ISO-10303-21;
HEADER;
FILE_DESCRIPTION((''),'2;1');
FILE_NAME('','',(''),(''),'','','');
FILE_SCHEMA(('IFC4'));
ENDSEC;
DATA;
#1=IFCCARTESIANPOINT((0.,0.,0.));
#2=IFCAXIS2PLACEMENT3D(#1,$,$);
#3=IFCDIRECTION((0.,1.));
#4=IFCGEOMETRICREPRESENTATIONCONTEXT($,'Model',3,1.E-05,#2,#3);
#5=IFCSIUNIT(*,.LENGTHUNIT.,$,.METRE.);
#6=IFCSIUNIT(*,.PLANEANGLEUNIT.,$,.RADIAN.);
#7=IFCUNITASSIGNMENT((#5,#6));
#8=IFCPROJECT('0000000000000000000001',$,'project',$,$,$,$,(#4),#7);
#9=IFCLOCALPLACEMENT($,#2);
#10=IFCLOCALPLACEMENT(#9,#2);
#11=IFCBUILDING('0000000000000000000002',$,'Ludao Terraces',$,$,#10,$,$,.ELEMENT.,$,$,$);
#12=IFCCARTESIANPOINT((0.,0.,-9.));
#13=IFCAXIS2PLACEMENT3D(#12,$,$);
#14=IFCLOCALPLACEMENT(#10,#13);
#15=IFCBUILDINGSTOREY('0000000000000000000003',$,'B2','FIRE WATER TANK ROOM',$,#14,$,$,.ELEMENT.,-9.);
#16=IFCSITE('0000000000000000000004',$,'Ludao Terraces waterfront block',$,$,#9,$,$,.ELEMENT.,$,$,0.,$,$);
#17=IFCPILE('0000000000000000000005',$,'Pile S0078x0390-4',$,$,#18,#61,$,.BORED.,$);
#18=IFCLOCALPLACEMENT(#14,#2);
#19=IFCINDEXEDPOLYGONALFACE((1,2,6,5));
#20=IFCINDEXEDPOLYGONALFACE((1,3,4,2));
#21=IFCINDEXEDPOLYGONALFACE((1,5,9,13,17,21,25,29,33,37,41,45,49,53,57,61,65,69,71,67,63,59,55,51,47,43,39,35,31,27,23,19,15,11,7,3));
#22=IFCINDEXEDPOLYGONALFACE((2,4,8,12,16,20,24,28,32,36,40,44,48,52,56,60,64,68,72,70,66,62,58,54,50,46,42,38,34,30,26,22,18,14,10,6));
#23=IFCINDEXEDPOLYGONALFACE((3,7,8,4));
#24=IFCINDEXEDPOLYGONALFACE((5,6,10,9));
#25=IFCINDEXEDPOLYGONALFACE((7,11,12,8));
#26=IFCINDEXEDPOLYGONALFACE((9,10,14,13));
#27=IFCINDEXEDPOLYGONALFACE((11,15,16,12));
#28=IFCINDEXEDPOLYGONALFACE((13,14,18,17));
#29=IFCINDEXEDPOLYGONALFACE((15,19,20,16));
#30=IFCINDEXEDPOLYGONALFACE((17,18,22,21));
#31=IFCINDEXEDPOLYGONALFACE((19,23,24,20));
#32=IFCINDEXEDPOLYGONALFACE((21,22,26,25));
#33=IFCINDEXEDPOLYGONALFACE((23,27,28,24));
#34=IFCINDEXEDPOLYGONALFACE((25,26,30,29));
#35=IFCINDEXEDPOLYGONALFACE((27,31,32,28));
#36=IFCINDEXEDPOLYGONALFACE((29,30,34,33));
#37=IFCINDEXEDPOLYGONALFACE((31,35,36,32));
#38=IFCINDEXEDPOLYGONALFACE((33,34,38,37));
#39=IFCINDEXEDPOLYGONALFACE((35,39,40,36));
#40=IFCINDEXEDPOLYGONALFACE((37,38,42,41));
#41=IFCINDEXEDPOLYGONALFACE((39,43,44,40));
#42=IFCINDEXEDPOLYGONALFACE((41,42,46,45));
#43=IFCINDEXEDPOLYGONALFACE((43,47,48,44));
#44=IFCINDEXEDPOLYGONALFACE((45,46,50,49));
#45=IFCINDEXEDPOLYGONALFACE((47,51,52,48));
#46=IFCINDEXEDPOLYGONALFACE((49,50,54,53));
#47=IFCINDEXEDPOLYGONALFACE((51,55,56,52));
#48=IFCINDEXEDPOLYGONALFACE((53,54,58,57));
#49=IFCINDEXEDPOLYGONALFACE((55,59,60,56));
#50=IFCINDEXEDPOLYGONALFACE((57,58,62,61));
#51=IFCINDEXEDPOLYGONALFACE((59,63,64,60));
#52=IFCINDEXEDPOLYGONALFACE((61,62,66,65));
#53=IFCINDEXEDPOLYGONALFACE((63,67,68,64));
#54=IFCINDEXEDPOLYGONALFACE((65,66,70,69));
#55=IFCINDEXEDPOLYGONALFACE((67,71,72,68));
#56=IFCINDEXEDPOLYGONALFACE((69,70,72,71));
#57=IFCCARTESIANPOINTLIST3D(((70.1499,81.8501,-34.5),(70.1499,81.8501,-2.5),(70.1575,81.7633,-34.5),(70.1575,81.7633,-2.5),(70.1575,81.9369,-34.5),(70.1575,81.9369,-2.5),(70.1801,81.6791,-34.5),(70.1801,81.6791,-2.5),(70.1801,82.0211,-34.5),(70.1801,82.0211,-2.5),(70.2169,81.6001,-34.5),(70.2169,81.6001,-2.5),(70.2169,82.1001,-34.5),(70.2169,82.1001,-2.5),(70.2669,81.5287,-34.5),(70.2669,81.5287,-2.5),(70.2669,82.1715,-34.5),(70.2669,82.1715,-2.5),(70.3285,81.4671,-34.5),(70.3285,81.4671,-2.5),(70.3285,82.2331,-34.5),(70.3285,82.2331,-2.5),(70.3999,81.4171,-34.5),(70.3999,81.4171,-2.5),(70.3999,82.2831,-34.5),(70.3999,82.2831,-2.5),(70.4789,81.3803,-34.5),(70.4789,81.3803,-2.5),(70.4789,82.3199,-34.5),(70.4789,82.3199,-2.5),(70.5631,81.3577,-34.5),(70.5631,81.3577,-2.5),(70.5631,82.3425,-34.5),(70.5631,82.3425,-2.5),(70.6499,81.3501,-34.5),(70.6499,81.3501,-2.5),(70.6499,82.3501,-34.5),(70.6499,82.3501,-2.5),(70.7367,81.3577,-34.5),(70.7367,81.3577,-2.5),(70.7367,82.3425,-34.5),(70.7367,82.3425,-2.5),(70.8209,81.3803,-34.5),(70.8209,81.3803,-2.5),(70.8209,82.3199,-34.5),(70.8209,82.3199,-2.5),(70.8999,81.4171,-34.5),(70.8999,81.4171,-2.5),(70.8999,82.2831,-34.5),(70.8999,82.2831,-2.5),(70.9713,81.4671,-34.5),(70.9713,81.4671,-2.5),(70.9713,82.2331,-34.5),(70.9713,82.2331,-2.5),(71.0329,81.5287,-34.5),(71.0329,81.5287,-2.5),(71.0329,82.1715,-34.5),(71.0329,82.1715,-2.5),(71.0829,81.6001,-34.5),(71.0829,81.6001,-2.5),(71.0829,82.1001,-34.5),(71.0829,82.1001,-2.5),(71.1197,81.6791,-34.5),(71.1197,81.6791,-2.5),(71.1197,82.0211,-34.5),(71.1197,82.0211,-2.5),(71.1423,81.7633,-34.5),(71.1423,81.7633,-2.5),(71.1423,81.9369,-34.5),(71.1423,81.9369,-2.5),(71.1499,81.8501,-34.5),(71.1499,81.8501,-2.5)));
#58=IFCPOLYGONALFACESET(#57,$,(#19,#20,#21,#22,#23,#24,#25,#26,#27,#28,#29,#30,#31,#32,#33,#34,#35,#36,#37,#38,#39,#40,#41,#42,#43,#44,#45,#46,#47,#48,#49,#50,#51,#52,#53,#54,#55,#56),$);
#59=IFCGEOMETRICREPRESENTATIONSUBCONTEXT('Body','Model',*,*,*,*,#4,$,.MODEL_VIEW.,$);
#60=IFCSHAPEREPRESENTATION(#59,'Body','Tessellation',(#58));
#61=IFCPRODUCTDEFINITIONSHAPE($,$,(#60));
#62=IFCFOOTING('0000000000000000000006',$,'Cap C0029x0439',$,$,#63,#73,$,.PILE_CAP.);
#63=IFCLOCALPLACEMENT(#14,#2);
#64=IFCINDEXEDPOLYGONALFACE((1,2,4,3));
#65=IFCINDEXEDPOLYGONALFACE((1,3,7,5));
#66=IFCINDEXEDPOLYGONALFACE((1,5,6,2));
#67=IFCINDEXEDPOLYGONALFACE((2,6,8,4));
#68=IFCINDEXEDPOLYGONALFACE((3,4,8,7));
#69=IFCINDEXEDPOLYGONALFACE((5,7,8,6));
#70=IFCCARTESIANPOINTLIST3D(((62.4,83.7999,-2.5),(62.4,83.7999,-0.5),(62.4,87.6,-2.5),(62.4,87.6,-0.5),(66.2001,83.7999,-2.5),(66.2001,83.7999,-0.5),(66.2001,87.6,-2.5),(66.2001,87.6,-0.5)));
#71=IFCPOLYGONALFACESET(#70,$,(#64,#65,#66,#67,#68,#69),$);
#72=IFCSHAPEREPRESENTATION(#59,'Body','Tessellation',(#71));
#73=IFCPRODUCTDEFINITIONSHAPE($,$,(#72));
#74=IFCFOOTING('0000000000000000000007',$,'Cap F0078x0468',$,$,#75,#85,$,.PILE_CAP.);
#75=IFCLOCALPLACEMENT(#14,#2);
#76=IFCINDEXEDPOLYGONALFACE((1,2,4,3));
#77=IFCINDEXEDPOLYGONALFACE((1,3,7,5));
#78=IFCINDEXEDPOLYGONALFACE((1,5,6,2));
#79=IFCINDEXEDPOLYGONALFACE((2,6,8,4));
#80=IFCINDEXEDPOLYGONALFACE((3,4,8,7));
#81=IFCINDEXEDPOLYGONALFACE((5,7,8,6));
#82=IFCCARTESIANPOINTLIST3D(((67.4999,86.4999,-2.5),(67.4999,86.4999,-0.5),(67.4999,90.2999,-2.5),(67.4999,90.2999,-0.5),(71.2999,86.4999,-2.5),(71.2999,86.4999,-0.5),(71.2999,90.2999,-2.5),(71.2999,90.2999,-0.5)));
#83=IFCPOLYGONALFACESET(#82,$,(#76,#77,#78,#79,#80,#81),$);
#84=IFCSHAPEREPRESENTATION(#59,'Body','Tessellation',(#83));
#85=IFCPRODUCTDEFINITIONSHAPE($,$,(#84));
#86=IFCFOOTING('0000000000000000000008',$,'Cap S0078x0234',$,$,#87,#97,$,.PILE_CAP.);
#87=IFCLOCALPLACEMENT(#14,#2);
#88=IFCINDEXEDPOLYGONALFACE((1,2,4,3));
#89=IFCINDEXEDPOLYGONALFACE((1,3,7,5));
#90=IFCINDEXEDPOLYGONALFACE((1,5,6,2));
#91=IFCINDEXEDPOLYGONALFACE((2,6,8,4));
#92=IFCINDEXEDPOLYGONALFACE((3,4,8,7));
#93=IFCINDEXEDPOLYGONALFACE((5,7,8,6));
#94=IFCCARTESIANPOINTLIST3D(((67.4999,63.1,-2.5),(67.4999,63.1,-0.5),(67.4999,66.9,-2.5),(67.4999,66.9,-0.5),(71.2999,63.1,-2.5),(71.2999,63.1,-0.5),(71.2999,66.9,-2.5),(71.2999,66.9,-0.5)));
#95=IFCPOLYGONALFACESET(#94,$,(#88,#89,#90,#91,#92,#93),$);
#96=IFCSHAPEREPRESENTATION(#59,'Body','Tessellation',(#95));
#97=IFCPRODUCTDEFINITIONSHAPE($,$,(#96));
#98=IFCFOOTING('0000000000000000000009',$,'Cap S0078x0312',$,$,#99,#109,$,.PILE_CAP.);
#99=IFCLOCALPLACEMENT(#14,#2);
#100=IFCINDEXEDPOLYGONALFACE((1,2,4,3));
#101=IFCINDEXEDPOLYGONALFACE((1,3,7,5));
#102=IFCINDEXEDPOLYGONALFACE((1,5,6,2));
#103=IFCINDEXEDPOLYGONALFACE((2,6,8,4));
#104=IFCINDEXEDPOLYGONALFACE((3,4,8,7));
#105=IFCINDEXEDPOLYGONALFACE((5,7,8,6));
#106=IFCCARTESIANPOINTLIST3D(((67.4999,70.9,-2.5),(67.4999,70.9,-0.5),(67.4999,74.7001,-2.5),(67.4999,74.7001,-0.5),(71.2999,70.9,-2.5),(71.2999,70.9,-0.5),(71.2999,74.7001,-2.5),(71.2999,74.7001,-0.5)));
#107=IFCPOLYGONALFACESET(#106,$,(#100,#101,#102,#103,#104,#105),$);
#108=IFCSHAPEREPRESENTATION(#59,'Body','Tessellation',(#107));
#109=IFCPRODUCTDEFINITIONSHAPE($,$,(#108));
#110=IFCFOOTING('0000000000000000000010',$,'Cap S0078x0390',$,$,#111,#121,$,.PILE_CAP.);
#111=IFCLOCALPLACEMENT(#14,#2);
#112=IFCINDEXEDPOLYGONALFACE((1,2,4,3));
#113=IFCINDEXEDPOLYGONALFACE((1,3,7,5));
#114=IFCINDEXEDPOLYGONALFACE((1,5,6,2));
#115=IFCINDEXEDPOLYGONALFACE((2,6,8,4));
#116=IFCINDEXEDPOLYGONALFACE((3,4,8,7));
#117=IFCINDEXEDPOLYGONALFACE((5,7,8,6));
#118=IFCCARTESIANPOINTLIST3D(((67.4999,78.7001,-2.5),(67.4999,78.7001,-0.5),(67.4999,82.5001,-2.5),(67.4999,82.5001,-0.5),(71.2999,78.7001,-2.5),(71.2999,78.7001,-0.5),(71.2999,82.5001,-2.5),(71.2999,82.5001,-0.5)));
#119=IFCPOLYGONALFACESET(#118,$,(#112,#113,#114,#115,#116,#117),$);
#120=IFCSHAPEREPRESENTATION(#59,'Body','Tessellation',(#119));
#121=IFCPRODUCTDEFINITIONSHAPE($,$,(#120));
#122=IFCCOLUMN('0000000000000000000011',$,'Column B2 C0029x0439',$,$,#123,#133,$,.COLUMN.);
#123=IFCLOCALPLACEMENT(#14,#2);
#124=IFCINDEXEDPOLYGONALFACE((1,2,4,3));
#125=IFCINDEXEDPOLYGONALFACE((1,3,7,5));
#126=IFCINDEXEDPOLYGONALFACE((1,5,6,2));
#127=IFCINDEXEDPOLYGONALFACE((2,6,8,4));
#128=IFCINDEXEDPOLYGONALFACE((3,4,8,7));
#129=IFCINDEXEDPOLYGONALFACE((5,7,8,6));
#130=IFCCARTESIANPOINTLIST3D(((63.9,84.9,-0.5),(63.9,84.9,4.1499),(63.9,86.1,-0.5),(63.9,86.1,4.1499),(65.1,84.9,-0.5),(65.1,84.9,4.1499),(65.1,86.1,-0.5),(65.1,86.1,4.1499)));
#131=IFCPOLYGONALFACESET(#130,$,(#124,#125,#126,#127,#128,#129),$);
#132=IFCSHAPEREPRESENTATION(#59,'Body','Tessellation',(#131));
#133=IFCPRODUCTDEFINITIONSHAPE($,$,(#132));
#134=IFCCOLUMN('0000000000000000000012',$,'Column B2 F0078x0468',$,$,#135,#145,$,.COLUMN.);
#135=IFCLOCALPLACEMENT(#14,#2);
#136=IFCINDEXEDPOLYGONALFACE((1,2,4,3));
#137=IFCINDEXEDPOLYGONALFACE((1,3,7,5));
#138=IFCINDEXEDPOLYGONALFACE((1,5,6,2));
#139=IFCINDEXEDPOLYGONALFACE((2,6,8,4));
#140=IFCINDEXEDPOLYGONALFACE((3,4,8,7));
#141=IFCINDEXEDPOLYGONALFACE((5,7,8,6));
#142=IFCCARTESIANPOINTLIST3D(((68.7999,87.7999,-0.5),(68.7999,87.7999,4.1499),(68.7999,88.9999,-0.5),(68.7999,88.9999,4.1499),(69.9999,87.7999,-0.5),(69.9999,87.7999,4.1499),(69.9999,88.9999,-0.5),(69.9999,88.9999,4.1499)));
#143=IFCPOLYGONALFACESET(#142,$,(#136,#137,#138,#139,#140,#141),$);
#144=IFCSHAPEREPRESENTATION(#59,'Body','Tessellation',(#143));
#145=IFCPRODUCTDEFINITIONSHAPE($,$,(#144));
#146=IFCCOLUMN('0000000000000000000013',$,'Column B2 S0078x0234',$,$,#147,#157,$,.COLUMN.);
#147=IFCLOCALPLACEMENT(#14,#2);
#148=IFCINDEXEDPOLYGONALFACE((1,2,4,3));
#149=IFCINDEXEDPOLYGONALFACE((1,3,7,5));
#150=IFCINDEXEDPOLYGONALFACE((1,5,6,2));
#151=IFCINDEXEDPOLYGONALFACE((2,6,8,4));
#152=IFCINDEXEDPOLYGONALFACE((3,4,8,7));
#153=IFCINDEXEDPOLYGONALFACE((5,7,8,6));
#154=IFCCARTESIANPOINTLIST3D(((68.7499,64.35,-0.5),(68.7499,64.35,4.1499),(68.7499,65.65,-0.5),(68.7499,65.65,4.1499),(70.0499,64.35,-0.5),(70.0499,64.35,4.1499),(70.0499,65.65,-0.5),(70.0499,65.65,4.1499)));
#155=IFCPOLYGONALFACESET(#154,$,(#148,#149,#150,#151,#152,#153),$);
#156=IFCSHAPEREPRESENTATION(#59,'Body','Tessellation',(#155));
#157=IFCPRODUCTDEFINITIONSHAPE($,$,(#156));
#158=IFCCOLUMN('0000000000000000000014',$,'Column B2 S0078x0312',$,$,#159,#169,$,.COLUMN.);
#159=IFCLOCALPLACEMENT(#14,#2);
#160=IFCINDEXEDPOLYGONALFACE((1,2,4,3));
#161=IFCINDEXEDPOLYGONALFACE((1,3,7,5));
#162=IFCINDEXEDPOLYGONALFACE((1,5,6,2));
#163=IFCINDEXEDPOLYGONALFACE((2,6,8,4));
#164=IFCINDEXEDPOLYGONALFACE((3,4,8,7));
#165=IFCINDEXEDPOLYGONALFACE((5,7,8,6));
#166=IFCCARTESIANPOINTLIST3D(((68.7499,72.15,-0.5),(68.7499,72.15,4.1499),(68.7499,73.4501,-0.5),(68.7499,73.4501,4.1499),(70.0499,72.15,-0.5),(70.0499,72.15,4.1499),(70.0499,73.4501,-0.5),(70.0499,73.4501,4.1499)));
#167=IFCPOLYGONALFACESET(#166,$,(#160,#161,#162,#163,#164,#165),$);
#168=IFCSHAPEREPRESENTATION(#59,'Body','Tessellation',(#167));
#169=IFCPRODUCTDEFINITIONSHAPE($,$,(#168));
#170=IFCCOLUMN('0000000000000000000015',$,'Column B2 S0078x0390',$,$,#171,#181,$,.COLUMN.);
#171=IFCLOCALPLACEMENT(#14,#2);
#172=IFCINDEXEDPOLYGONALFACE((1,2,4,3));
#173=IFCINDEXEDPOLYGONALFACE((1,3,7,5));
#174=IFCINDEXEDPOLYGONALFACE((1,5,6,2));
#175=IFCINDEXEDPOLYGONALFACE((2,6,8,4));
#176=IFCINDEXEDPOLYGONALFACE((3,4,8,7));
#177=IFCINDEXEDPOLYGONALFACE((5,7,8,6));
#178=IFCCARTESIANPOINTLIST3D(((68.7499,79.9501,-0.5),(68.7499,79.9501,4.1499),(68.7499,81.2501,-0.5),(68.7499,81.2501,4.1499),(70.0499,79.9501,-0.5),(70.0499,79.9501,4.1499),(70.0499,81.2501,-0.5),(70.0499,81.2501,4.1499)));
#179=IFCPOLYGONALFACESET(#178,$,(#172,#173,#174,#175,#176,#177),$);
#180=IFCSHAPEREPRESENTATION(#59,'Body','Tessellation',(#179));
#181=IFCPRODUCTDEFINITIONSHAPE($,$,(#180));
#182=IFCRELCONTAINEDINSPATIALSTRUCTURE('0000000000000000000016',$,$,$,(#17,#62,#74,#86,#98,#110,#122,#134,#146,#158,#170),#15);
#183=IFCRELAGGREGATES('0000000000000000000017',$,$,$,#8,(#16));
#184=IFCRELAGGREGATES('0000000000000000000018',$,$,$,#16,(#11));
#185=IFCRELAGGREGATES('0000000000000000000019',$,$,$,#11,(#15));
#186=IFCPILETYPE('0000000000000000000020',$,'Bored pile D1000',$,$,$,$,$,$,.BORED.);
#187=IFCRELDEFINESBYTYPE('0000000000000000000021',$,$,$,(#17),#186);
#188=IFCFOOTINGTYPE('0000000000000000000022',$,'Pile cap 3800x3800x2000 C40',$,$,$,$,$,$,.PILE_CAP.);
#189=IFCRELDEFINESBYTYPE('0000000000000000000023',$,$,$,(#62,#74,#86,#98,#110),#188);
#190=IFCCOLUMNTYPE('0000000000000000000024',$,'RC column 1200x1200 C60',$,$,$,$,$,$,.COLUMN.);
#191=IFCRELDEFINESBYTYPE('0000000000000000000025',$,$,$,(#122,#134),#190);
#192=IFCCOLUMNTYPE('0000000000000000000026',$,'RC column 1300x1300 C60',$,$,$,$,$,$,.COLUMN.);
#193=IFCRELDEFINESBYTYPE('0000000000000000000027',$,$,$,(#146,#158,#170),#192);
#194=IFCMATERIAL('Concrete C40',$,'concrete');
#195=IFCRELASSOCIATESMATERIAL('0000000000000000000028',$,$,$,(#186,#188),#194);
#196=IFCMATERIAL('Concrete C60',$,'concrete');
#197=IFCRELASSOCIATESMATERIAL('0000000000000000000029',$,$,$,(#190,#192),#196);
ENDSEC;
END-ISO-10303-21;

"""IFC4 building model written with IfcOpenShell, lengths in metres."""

from ifc_helpers import new_model, si_unit, direction, frame, origin, origin_2d, place, context, subcontext, project, spatial, rectangle, circle, extrude, material, material_profile, profile_set, type_object, element, save


model = new_model("IFC4")

# Units and contexts
model_context = context("Model", 3, precision=1e-05, world=origin(), true_north=direction((0.0, 1.0)))
body_context = subcontext(model_context, "Body", "Model", "MODEL_VIEW")
ifc_project = project(units=[si_unit("LENGTHUNIT", "METRE"), si_unit("PLANEANGLEUNIT", "RADIAN")], contexts=[model_context])

# Site, building, storey
site_placement = place(None, origin())
site = spatial("IfcSite", under=ifc_project, at=site_placement, Name="Ludao Terraces waterfront block", CompositionType="ELEMENT", RefElevation=0.0)
building_placement = place(site_placement, origin())
building = spatial("IfcBuilding", under=site, at=building_placement, Name="Ludao Terraces", CompositionType="ELEMENT")
storey_placement = place(building_placement, frame((0.0, 0.0, -9.0)))
storey = spatial("IfcBuildingStorey", under=building, at=storey_placement, Name="B2", Description="FIRE WATER TANK ROOM", CompositionType="ELEMENT", Elevation=-9.0)

# Pile
ifc_material_1 = material(Name="Concrete C40", Category="concrete")
ifc_material_profile_1 = material_profile(ifc_material_1, circle(Radius=0.5, at=origin_2d()), Name="D1000 BORED PILE")
ifc_profile_set_1 = profile_set([ifc_material_profile_1], Name="Concrete C40")
pile_type = type_object("IfcPileType", Name="Bored pile D1000", PredefinedType="BORED", material=ifc_profile_set_1)
for number, where, z_axis, x_axis, name in (
    (1, (70.6499, 81.8501, -2.5), (0.0, 0.0, -1.0), (1.0, 0.0, 0.0), "Pile S0078x0390-4"),
):
    element("IfcPile", number, at=place(storey_placement, frame(where, z_axis=z_axis, x_axis=x_axis)), inside=storey, type_object=pile_type, Name=name, PredefinedType="BORED", context=body_context, shape_type="SweptSolid", body=[
        extrude(circle(Radius=0.5, at=origin_2d()), origin(), (0.0, 0.0, 1.0), 32.0),
    ])

# Footings
footing_type = type_object("IfcFootingType", Name="Pile cap 3800x3800x2000 C40", PredefinedType="PILE_CAP", material=ifc_material_1)
for number, where, z_axis, x_axis, name in (
    (2, (64.3, 85.7, -2.5), (0.0, 0.0, 1.0), (1.0, 0.0, 0.0), "Cap C0029x0439"),
    (3, (69.3999, 88.3999, -2.5), (0.0, 0.0, 1.0), (1.0, 0.0, 0.0), "Cap F0078x0468"),
    (4, (69.3999, 65.0, -2.5), (0.0, 0.0, 1.0), (1.0, 0.0, 0.0), "Cap S0078x0234"),
    (5, (69.3999, 72.8, -2.5), (0.0, 0.0, 1.0), (1.0, 0.0, 0.0), "Cap S0078x0312"),
    (6, (69.3999, 80.6001, -2.5), (0.0, 0.0, 1.0), (1.0, 0.0, 0.0), "Cap S0078x0390"),
):
    element("IfcFooting", number, at=place(storey_placement, frame(where, z_axis=z_axis, x_axis=x_axis)), inside=storey, type_object=footing_type, Name=name, PredefinedType="PILE_CAP", context=body_context, shape_type="SweptSolid", body=[
        extrude(rectangle(XDim=3.8, YDim=3.8, at=origin_2d()), origin(), (0.0, 0.0, 1.0), 2.0),
    ])

# Columns
ifc_material_2 = material(Name="Concrete C60", Category="concrete")
ifc_material_profile_2 = material_profile(ifc_material_2, rectangle(XDim=1.2, YDim=1.2, at=origin_2d()), Name="1200 X 1200")
ifc_profile_set_2 = profile_set([ifc_material_profile_2], Name="Concrete C60")
column_type_1 = type_object("IfcColumnType", Name="RC column 1200x1200 C60", PredefinedType="COLUMN", material=ifc_profile_set_2)
for number, where, z_axis, x_axis, name in (
    (7, (64.5, 85.5, -0.5), (0.0, 0.0, 1.0), (1.0, 0.0, 0.0), "Column B2 C0029x0439"),
    (8, (69.3999, 88.3999, -0.5), (0.0, 0.0, 1.0), (1.0, 0.0, 0.0), "Column B2 F0078x0468"),
):
    element("IfcColumn", number, at=place(storey_placement, frame(where, z_axis=z_axis, x_axis=x_axis)), inside=storey, type_object=column_type_1, Name=name, PredefinedType="COLUMN", context=body_context, shape_type="SweptSolid", body=[
        extrude(rectangle(XDim=1.2, YDim=1.2, at=origin_2d()), origin(), (0.0, 0.0, 1.0), 4.6499),
    ])
ifc_material_profile_3 = material_profile(ifc_material_2, rectangle(XDim=1.3, YDim=1.3, at=origin_2d()), Name="1300 X 1300")
ifc_profile_set_3 = profile_set([ifc_material_profile_3], Name="Concrete C60")
column_type_2 = type_object("IfcColumnType", Name="RC column 1300x1300 C60", PredefinedType="COLUMN", material=ifc_profile_set_3)
for number, where, z_axis, x_axis, name in (
    (9, (69.3999, 65.0, -0.5), (0.0, 0.0, 1.0), (1.0, 0.0, 0.0), "Column B2 S0078x0234"),
    (10, (69.3999, 72.8, -0.5), (0.0, 0.0, 1.0), (1.0, 0.0, 0.0), "Column B2 S0078x0312"),
    (11, (69.3999, 80.6001, -0.5), (0.0, 0.0, 1.0), (1.0, 0.0, 0.0), "Column B2 S0078x0390"),
):
    element("IfcColumn", number, at=place(storey_placement, frame(where, z_axis=z_axis, x_axis=x_axis)), inside=storey, type_object=column_type_2, Name=name, PredefinedType="COLUMN", context=body_context, shape_type="SweptSolid", body=[
        extrude(rectangle(XDim=1.3, YDim=1.3, at=origin_2d()), origin(), (0.0, 0.0, 1.0), 4.6499),
    ])

save(model, "model.ifc")
